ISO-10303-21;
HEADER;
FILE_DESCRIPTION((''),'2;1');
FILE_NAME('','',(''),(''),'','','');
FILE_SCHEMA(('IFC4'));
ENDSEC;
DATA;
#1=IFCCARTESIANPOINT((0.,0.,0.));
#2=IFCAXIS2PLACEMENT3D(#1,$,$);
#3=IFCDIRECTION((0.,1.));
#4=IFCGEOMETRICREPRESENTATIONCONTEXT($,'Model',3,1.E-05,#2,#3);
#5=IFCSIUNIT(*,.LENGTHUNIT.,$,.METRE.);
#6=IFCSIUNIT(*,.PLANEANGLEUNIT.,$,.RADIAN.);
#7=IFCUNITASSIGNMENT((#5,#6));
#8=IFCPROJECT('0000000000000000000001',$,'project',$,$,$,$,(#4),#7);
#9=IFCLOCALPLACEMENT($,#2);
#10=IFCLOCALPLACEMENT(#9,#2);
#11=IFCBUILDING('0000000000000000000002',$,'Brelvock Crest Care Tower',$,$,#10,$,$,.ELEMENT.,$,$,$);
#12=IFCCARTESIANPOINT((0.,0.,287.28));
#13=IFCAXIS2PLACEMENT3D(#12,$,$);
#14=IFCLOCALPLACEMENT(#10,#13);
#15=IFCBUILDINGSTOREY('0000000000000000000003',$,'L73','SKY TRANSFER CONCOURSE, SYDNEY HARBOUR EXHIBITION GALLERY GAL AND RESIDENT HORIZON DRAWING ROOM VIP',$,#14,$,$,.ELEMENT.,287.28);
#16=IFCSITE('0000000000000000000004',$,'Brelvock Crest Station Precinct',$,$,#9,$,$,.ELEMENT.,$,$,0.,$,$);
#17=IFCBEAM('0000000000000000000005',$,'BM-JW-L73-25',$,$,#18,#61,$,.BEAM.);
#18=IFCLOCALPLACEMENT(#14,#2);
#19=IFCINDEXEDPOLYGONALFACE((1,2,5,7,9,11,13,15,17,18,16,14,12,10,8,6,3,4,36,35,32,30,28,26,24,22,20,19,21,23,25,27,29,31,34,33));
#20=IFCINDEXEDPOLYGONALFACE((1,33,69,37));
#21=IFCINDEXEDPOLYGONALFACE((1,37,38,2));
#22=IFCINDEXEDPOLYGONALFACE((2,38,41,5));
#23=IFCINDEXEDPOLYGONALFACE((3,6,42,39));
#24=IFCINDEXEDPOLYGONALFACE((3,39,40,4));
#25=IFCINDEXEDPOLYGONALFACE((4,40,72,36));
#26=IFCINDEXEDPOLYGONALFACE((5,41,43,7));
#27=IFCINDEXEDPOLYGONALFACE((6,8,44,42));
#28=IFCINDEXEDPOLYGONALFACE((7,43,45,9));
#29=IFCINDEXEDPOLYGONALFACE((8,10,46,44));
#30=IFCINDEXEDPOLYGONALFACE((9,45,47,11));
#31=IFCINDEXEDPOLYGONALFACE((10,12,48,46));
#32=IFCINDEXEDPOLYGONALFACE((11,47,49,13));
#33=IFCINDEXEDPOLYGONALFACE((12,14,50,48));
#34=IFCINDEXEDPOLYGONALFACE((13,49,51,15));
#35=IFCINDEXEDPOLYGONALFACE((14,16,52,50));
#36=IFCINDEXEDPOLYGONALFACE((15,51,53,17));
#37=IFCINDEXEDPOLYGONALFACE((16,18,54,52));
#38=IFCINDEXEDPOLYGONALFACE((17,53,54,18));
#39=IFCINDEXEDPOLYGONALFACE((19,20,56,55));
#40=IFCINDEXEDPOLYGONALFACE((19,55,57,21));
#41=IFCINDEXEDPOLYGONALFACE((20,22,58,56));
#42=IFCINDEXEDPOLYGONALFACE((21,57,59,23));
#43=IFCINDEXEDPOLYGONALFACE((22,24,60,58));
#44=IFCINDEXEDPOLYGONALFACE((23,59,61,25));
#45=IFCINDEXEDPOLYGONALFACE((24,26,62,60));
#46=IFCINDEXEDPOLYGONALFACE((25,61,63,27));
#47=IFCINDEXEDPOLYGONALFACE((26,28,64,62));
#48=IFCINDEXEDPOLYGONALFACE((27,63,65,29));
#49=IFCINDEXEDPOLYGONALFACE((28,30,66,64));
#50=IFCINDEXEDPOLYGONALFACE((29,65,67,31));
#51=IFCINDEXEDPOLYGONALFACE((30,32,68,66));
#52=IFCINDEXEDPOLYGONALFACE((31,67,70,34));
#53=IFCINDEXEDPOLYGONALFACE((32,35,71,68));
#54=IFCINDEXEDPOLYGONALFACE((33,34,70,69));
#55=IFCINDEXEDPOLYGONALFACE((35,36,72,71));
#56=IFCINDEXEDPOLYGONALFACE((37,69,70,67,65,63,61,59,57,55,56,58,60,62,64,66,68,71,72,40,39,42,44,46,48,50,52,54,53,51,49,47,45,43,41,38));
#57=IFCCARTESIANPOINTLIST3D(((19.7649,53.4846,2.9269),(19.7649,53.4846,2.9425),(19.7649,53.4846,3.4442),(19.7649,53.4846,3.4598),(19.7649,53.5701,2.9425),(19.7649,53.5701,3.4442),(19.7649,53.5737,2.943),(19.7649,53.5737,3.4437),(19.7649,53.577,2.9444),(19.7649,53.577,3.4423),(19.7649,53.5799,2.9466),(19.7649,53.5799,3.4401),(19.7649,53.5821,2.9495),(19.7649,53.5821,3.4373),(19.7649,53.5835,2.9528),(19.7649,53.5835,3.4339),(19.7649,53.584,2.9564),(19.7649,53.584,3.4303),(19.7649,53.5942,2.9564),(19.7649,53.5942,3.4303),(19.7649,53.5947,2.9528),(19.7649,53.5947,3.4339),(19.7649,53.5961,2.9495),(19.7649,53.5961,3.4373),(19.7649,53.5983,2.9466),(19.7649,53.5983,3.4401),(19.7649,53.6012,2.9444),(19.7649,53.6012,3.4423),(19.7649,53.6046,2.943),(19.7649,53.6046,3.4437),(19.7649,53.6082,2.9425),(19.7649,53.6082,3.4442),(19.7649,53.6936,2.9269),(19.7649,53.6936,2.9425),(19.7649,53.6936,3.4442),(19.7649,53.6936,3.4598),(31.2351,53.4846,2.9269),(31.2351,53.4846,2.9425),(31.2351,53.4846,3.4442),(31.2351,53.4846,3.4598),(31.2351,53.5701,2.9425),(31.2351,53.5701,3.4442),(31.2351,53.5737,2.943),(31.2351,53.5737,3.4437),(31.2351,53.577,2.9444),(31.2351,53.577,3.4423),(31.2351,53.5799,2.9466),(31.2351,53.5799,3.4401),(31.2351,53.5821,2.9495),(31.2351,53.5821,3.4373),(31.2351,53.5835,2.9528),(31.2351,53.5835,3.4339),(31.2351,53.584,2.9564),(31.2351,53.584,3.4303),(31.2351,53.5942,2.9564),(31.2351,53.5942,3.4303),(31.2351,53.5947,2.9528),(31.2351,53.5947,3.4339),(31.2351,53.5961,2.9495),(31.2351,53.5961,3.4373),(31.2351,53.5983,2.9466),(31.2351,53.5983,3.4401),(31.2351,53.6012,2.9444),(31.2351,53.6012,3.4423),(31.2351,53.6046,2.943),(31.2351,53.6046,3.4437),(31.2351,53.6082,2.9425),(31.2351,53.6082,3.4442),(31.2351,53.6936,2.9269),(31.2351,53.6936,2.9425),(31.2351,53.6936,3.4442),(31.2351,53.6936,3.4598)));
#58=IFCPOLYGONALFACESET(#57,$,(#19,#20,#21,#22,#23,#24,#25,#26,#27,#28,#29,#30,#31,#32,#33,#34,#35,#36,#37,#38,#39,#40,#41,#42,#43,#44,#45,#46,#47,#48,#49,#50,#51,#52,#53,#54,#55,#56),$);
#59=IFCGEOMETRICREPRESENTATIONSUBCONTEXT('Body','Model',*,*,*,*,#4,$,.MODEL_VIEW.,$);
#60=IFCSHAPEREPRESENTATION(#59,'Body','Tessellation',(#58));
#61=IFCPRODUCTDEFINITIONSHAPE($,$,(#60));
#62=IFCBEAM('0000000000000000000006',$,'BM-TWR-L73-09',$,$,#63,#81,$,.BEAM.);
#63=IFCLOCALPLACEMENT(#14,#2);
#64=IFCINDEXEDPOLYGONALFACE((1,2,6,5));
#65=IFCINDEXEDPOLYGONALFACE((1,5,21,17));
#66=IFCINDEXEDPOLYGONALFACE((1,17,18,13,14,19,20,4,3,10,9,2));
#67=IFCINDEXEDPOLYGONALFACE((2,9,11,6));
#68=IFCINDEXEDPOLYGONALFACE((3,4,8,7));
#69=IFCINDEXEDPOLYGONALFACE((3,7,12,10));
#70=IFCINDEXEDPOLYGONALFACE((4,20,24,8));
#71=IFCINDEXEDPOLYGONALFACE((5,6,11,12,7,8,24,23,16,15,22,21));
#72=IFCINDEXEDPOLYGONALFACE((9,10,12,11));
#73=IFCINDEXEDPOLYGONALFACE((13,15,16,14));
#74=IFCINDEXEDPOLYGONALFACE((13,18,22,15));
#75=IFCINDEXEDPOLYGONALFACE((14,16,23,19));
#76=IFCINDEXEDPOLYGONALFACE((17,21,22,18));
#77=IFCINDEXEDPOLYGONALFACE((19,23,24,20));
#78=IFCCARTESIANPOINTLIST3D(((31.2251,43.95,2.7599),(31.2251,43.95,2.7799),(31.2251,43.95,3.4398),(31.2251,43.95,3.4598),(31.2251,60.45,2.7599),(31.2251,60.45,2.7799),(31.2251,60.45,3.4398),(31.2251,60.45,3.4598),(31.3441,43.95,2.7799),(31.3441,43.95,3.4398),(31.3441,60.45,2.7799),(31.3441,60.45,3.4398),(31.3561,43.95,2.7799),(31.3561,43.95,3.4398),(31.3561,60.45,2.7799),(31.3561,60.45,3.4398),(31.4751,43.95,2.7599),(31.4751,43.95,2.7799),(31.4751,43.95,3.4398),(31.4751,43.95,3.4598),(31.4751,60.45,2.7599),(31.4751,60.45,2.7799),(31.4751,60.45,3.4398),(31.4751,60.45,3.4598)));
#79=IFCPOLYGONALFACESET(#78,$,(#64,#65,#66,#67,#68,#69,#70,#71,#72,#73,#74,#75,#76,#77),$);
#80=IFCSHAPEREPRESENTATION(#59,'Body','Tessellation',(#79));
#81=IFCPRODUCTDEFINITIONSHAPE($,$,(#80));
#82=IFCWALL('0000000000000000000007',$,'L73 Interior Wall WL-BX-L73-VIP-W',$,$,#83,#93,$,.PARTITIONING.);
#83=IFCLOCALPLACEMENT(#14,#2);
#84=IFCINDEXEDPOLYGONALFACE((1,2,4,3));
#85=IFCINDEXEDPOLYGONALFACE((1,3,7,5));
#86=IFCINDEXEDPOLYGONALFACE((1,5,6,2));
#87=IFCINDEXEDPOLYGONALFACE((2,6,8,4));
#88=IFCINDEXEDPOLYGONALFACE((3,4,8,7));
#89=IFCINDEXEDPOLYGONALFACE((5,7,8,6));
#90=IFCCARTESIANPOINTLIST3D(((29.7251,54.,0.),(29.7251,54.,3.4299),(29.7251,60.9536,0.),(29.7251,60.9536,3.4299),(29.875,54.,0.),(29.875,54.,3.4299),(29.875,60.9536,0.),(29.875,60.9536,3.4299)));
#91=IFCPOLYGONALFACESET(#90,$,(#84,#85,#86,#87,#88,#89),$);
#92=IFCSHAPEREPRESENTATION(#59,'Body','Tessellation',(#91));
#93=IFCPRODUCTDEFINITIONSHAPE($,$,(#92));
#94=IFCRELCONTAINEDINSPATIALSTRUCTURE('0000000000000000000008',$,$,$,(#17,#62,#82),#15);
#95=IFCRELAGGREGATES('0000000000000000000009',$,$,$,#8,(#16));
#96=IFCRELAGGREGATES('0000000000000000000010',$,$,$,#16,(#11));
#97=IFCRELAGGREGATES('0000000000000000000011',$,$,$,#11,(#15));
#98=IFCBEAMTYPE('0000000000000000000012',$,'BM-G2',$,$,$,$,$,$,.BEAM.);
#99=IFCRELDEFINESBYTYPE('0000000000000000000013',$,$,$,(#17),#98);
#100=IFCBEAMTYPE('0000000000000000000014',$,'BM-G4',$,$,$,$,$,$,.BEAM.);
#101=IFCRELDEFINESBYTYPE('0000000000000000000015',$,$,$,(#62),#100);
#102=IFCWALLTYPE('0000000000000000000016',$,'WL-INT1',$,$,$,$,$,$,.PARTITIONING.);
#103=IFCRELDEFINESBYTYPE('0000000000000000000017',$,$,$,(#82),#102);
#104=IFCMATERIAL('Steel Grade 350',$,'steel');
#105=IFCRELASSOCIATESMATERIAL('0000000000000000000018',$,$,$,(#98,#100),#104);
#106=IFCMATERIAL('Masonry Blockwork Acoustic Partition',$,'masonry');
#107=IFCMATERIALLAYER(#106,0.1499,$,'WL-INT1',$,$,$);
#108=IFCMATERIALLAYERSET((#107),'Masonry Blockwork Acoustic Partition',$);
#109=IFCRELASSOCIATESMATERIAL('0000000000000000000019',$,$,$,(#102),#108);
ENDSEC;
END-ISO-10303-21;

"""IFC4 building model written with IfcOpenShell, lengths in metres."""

from ifc_helpers import new_model, si_unit, direction, frame, frame_2d, origin, origin_2d, place, context, subcontext, project, spatial, rectangle, i_section, extrude, source, transform, mapped, material, layer, layer_set, material_profile, profile_set, type_object, element, save


model = new_model("IFC4")

# Units and contexts
model_context = context("Model", 3, precision=1e-05, world=origin(), true_north=direction((0.0, 1.0)))
body_context = subcontext(model_context, "Body", "Model", "MODEL_VIEW")
ifc_project = project(units=[si_unit("LENGTHUNIT", "METRE"), si_unit("PLANEANGLEUNIT", "RADIAN")], contexts=[model_context])

# Site, building, storey
site_placement = place(None, origin())
site = spatial("IfcSite", under=ifc_project, at=site_placement, Name="Brelvock Crest Station Precinct", CompositionType="ELEMENT", RefElevation=0.0)
building_placement = place(site_placement, origin())
building = spatial("IfcBuilding", under=site, at=building_placement, Name="Brelvock Crest Care Tower", CompositionType="ELEMENT")
storey_placement = place(building_placement, frame((0.0, 0.0, 287.28)))
storey = spatial("IfcBuildingStorey", under=building, at=storey_placement, Name="L73", Description="SKY TRANSFER CONCOURSE, SYDNEY HARBOUR EXHIBITION GALLERY GAL AND RESIDENT HORIZON DRAWING ROOM VIP", CompositionType="ELEMENT", Elevation=287.28)

# Beams
ifc_material_1 = material(Name="Steel Grade 350", Category="steel")
ifc_material_profile_1 = material_profile(ifc_material_1, i_section(OverallWidth=0.209, OverallDepth=0.533, WebThickness=0.0103, FlangeThickness=0.0156, FilletRadius=0.0139, at=origin_2d()), Name="530UB92.4")
ifc_profile_set_1 = profile_set([ifc_material_profile_1], Name="Steel Grade 350")
beam_type_1 = type_object("IfcBeamType", Name="BM-G2", PredefinedType="BEAM", material=ifc_profile_set_1)
shared_shape_1 = source(origin(), body_context, "Body", "SweptSolid", [
    extrude(i_section(OverallWidth=0.209, OverallDepth=0.533, WebThickness=0.0103, FlangeThickness=0.0156, FilletRadius=0.0139, at=origin_2d()), origin(), (0.0, 0.0, 1.0), 11.4702),
])
for number, where, z_axis, x_axis, name in (
    (1, (19.7649, 53.5891, 3.1934), (1.0, 0.0, 0.0), (0.0, 1.0, 0.0), "BM-JW-L73-25"),
):
    element("IfcBeam", number, at=place(storey_placement, frame(where, z_axis=z_axis, x_axis=x_axis)), inside=storey, type_object=beam_type_1, Name=name, PredefinedType="BEAM", context=body_context, shape_type="MappedRepresentation", body=[
        mapped(shared_shape_1, transform((0.0, 0.0, 0.0), x_axis=(1.0, 0.0, 0.0), y_axis=(0.0, 1.0, 0.0), z_axis=(0.0, 0.0, 1.0), scale=1.0)),
    ])
ifc_material_profile_2 = material_profile(ifc_material_1, i_section(OverallWidth=0.25, OverallDepth=0.7, WebThickness=0.012, FlangeThickness=0.02, at=origin_2d()), Name="700WB150")
ifc_profile_set_2 = profile_set([ifc_material_profile_2], Name="Steel Grade 350")
beam_type_2 = type_object("IfcBeamType", Name="BM-G4", PredefinedType="BEAM", material=ifc_profile_set_2)
shared_shape_2 = source(origin(), body_context, "Body", "SweptSolid", [
    extrude(i_section(OverallWidth=0.25, OverallDepth=0.7, WebThickness=0.012, FlangeThickness=0.02, at=origin_2d()), origin(), (0.0, 0.0, 1.0), 16.5),
])
beam_placement = place(storey_placement, frame((31.3501, 43.95, 3.1099), z_axis=(0.0, 1.0, 0.0), x_axis=(-1.0, 0.0, 0.0)))
element("IfcBeam", 2, at=beam_placement, inside=storey, type_object=beam_type_2, Name="BM-TWR-L73-09", PredefinedType="BEAM", context=body_context, shape_type="MappedRepresentation", body=[
    mapped(shared_shape_2, transform((0.0, 0.0, 0.0), x_axis=(1.0, 0.0, 0.0), y_axis=(0.0, 1.0, 0.0), z_axis=(0.0, 0.0, 1.0), scale=1.0)),
])

# Wall
ifc_material_2 = material(Name="Masonry Blockwork Acoustic Partition", Category="masonry")
ifc_layer = layer(ifc_material_2, 0.1499, Name="WL-INT1")
ifc_layer_set = layer_set([ifc_layer], Name="Masonry Blockwork Acoustic Partition")
wall_type = type_object("IfcWallType", Name="WL-INT1", PredefinedType="PARTITIONING", material=ifc_layer_set)
wall_placement = place(storey_placement, frame((29.8, 54.0, 0.0), z_axis=(0.0, 0.0, 1.0), x_axis=(0.0, 1.0, 0.0)))
element("IfcWall", 3, at=wall_placement, inside=storey, type_object=wall_type, Name="L73 Interior Wall WL-BX-L73-VIP-W", PredefinedType="PARTITIONING", context=body_context, shape_type="SweptSolid", body=[
    extrude(rectangle(XDim=6.9536, YDim=0.1499, at=frame_2d((3.4768, 0.0))), origin(), (0.0, 0.0, 1.0), 3.4299),
])

save(model, "model.ifc")
